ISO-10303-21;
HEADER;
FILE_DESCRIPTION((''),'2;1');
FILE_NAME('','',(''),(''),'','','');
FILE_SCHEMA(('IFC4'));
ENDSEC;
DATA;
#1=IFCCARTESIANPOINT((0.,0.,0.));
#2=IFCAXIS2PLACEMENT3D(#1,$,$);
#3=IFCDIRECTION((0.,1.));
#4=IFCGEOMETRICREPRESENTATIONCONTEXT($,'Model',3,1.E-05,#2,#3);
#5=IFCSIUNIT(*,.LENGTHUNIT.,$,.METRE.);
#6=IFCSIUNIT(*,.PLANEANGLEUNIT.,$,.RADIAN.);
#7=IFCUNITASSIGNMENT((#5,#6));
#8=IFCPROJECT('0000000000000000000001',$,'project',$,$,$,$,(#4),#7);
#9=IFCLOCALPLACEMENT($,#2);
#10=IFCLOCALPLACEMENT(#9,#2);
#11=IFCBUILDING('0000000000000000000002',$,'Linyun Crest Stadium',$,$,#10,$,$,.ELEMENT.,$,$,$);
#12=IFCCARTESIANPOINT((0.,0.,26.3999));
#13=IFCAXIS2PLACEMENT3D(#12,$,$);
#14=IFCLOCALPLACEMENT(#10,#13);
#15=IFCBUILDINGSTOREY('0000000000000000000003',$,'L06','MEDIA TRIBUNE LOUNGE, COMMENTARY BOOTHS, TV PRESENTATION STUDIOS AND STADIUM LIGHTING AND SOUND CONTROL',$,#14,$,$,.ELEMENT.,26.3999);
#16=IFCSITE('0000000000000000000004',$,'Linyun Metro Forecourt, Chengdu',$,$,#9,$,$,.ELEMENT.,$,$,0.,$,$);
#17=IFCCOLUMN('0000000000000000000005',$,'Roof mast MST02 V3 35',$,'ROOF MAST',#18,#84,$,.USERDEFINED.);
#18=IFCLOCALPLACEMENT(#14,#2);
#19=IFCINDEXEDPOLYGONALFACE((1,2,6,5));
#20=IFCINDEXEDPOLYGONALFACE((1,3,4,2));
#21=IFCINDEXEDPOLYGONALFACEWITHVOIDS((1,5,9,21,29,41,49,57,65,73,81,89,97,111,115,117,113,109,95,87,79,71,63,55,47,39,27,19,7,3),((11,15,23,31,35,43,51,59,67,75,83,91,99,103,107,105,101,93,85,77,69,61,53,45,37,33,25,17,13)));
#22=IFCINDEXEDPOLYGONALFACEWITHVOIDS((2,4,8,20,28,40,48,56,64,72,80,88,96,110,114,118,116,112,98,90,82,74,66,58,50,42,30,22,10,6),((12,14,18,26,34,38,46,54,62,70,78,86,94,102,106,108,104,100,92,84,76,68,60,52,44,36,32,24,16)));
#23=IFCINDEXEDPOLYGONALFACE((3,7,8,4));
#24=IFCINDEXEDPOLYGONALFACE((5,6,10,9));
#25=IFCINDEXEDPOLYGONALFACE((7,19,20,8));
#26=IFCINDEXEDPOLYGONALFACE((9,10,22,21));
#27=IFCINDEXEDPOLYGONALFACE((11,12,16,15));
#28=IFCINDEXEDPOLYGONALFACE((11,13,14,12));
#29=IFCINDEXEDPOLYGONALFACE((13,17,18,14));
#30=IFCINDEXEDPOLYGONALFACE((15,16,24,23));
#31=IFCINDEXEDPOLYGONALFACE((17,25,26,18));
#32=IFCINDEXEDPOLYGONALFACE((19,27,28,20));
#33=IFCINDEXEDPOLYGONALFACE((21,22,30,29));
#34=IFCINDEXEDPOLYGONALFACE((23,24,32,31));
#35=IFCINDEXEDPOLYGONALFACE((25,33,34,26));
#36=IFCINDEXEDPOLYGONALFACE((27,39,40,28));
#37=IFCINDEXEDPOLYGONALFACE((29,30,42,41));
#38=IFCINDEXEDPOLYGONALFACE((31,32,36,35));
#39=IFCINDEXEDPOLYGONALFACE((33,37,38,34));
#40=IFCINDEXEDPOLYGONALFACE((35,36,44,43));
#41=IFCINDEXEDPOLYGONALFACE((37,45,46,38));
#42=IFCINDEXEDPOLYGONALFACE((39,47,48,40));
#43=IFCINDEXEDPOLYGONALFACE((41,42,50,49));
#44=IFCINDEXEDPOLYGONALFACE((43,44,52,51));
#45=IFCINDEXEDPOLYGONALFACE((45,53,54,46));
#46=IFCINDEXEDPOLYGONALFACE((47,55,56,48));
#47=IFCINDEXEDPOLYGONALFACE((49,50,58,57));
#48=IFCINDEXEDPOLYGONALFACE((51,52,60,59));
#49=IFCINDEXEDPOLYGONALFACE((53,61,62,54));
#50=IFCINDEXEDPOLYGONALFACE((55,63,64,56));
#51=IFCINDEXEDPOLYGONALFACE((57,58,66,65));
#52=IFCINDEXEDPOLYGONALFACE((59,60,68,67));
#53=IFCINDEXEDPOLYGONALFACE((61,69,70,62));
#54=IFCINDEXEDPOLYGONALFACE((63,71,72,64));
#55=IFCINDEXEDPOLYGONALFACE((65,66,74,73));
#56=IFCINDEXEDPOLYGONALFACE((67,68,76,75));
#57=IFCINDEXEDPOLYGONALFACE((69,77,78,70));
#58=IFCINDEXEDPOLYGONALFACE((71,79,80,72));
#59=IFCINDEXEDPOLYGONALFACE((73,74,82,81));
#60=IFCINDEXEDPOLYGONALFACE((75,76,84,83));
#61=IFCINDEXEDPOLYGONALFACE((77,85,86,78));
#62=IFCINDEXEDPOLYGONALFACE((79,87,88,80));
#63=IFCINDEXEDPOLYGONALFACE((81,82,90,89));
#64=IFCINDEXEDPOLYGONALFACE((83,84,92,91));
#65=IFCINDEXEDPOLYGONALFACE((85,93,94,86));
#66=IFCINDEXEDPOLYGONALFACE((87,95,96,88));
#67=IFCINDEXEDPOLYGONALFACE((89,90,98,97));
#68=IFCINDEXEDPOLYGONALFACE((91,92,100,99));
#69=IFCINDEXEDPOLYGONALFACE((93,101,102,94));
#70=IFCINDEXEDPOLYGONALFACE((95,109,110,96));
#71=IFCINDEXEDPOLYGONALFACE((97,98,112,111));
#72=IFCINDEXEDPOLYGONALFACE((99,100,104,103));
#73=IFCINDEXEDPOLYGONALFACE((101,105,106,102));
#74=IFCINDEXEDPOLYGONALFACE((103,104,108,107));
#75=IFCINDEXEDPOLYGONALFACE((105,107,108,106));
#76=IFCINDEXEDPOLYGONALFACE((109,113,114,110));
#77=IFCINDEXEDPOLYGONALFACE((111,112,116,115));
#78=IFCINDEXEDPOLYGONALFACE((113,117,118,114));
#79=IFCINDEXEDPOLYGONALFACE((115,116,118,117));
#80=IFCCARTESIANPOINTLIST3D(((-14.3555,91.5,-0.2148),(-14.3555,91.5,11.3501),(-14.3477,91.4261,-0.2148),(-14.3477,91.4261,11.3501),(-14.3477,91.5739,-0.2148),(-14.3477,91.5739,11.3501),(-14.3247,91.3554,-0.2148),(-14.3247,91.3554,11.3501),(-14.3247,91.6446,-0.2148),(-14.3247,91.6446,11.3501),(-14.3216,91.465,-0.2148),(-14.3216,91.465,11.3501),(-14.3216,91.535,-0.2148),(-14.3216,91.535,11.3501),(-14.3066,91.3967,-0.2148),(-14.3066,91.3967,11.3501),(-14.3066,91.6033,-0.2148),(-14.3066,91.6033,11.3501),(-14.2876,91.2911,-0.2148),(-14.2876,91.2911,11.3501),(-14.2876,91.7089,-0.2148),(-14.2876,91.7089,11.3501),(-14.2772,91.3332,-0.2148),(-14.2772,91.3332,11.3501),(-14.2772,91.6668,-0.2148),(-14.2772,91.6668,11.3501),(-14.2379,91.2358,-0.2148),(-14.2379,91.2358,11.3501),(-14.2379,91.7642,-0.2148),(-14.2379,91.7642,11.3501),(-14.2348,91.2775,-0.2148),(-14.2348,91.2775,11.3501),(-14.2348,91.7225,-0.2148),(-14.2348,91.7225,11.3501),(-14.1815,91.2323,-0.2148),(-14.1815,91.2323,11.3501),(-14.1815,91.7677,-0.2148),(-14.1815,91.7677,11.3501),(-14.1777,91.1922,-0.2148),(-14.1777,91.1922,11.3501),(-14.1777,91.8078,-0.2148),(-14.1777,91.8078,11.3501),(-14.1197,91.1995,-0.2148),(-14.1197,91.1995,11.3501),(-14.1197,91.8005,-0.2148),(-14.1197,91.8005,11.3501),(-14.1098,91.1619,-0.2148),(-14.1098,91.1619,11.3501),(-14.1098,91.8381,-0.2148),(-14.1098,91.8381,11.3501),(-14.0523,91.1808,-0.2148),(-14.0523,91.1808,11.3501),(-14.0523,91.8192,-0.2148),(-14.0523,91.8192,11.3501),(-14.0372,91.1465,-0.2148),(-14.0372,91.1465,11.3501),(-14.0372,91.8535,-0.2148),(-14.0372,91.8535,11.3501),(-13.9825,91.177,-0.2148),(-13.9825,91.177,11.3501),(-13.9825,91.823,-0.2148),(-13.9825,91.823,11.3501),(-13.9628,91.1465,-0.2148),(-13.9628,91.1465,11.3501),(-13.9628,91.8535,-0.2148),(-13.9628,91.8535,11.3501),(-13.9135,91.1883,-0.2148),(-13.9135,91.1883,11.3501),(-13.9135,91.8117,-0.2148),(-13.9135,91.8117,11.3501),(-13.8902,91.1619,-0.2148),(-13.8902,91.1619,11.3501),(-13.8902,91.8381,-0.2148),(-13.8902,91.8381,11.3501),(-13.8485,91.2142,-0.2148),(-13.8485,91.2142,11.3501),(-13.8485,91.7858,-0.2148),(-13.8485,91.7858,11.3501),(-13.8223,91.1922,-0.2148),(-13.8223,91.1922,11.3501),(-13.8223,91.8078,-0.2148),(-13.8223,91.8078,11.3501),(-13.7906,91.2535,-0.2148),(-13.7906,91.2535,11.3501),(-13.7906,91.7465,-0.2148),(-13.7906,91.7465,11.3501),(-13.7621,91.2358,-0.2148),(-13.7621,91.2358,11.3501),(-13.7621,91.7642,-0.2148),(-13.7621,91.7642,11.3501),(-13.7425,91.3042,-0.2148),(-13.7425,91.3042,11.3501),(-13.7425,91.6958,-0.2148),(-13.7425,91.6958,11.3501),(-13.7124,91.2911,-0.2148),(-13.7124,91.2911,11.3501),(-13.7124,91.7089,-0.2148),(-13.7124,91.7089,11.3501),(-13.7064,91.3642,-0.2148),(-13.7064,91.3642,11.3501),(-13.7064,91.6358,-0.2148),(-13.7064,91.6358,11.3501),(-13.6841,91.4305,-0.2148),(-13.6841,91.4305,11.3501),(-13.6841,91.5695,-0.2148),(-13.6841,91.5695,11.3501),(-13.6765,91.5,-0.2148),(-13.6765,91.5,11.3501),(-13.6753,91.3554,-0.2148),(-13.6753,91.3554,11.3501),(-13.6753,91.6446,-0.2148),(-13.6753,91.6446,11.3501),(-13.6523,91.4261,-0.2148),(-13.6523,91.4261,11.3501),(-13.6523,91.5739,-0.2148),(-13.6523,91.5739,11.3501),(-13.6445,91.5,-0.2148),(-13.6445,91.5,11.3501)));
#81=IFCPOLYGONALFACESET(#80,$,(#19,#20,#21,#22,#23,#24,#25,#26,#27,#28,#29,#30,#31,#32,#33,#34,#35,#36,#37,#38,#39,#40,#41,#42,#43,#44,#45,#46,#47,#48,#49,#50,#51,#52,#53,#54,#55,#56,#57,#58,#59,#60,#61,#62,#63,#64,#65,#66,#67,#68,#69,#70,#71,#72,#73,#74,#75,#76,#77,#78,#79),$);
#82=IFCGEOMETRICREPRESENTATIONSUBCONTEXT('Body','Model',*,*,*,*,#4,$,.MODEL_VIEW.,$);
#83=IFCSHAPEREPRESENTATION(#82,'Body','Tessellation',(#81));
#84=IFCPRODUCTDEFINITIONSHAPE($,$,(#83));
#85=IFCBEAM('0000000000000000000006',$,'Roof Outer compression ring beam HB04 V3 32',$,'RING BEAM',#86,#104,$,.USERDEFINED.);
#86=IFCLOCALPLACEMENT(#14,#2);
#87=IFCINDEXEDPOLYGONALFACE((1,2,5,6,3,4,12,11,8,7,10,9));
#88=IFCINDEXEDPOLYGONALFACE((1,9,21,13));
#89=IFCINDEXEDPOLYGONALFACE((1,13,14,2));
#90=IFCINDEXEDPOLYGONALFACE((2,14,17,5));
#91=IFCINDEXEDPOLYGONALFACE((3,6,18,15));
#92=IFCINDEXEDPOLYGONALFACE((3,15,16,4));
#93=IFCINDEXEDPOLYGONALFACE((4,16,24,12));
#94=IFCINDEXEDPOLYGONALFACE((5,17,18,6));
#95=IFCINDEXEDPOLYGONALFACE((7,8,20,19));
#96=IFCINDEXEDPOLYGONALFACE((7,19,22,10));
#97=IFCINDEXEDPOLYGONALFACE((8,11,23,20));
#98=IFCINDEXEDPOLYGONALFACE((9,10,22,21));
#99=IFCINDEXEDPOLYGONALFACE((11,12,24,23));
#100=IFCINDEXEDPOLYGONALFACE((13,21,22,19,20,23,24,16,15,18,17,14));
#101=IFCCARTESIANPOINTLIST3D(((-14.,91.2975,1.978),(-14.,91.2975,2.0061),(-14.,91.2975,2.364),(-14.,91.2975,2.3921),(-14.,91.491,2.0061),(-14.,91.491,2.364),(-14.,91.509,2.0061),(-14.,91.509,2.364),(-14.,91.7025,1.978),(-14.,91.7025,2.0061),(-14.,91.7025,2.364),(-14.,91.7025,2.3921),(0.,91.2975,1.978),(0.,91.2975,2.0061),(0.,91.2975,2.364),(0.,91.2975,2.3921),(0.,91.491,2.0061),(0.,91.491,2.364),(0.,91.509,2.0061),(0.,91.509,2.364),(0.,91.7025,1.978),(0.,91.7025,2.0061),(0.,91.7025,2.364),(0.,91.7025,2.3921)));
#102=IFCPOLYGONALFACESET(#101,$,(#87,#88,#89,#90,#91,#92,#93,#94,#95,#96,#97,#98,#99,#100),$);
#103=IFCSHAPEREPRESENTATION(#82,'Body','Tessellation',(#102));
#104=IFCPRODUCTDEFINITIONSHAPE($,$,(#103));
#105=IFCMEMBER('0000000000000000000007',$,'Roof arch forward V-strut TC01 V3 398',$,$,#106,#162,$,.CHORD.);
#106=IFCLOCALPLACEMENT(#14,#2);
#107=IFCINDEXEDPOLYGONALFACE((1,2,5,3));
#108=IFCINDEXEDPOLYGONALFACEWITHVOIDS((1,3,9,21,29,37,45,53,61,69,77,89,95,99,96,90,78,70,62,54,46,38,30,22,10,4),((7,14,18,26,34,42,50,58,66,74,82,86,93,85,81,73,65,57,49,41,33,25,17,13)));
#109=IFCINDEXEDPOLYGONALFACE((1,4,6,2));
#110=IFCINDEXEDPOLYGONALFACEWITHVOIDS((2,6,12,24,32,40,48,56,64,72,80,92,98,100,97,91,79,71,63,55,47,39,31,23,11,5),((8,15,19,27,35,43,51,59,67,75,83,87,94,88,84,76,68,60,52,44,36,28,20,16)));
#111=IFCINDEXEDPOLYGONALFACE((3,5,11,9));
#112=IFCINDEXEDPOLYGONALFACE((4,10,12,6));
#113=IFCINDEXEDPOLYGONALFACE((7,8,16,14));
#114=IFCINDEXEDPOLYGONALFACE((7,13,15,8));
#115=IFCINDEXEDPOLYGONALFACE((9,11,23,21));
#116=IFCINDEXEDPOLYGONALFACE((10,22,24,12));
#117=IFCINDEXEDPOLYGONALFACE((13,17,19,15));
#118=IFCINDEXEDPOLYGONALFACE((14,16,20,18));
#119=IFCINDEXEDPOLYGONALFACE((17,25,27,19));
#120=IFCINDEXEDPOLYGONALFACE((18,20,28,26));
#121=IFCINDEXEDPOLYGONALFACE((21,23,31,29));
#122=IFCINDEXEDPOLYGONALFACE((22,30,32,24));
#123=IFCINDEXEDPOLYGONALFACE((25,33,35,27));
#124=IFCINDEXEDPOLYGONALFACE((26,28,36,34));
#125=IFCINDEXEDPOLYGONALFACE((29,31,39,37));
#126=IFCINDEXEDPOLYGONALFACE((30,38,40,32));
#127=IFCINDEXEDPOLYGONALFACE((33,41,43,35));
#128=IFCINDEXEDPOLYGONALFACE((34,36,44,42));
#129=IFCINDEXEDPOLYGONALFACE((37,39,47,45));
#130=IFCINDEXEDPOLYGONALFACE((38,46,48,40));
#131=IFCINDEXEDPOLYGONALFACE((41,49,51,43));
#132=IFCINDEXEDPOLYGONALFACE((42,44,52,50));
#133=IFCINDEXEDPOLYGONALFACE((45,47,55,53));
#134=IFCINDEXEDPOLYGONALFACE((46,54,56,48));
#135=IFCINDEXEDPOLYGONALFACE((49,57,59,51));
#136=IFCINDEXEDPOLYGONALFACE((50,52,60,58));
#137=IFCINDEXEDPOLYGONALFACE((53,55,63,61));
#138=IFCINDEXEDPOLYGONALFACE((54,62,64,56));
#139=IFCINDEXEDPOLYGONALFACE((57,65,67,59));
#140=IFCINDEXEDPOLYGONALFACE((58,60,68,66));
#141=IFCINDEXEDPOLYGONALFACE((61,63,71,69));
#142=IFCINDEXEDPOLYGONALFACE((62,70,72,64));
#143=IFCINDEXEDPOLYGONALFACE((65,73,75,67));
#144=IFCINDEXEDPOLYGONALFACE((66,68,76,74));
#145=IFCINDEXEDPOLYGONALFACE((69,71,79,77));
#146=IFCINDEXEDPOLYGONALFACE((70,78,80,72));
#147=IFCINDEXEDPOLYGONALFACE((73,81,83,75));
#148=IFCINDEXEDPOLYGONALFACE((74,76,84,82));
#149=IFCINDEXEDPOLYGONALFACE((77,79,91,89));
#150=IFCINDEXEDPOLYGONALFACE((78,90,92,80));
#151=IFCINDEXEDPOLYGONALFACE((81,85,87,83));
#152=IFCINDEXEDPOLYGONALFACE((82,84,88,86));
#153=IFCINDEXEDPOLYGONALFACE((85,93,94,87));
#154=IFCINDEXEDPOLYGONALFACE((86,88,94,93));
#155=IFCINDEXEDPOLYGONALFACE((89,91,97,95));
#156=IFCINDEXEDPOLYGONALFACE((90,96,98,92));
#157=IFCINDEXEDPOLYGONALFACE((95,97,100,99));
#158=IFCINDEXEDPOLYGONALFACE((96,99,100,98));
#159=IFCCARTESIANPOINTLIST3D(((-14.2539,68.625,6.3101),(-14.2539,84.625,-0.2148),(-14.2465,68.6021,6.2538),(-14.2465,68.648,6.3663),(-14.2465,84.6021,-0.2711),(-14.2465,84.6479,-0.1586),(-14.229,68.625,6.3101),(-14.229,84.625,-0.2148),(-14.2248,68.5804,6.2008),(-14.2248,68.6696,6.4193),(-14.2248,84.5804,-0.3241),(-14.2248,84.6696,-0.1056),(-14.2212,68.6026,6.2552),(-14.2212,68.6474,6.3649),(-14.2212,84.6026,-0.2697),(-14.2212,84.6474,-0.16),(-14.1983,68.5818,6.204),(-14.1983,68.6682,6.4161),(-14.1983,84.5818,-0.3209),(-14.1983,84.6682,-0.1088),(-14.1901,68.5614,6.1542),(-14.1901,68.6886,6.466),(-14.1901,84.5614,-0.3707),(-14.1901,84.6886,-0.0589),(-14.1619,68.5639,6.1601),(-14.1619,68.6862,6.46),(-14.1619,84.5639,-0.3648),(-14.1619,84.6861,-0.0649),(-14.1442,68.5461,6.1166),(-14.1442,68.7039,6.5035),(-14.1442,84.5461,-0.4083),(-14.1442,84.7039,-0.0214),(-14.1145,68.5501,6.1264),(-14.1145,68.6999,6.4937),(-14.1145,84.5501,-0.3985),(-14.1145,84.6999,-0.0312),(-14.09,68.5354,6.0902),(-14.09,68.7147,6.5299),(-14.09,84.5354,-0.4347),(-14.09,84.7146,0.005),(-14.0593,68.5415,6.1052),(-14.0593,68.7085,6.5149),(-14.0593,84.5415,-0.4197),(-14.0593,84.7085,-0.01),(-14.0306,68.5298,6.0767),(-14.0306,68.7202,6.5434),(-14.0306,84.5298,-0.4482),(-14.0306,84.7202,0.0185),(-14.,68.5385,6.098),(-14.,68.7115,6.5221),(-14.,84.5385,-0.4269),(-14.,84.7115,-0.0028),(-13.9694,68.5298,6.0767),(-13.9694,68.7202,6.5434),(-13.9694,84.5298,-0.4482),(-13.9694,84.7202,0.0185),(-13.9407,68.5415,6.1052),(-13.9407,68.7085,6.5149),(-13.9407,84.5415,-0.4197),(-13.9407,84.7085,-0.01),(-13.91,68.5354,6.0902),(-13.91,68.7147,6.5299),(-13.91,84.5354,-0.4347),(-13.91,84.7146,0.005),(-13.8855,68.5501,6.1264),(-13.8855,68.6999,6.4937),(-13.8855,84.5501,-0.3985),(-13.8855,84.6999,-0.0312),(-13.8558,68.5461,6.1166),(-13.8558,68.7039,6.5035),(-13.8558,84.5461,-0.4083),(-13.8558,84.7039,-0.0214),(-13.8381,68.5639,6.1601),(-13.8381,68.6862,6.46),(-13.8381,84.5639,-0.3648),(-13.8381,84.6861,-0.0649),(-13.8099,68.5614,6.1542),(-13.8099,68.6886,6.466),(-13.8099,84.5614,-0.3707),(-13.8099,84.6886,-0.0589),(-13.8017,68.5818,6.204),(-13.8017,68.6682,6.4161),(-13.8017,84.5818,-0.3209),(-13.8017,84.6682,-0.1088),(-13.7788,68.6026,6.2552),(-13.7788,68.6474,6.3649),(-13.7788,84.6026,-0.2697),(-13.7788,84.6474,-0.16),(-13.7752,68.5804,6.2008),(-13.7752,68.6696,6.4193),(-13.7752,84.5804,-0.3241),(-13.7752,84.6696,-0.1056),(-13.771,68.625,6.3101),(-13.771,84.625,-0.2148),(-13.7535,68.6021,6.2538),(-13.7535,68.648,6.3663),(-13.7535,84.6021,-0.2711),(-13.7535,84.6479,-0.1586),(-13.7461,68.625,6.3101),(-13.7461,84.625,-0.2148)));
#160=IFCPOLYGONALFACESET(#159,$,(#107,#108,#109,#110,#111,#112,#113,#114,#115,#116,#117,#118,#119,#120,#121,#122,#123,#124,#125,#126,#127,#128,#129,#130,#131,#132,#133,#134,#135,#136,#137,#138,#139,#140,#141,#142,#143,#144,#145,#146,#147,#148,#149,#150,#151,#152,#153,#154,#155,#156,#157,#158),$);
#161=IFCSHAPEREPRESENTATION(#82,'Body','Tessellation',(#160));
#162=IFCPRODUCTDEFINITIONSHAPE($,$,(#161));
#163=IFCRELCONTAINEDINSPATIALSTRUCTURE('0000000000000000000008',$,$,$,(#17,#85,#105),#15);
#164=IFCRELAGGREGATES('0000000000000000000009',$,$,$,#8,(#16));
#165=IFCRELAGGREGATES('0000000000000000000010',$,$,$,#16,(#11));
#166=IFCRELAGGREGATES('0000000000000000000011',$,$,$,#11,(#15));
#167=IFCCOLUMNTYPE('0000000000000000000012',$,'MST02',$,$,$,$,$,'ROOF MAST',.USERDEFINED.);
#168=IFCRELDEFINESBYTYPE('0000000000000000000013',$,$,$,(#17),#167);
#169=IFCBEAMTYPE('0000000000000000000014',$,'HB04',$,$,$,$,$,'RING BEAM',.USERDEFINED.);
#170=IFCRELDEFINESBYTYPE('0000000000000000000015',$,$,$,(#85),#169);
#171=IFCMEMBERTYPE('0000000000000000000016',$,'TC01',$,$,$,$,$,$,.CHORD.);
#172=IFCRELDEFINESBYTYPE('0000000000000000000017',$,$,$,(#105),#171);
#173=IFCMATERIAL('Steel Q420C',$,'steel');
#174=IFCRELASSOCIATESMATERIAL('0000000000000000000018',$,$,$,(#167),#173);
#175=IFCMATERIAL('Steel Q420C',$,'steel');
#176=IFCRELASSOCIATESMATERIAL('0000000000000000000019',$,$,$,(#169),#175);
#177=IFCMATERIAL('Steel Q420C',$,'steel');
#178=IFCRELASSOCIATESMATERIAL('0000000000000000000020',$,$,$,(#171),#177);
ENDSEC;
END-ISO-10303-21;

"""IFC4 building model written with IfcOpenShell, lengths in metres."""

from ifc_helpers import new_model, si_unit, direction, frame, origin, origin_2d, place, context, subcontext, project, spatial, hollow_circle, i_section, extrude, material, material_profile, profile_set, type_object, element, save


model = new_model("IFC4")

# Units and contexts
model_context = context("Model", 3, precision=1e-05, world=origin(), true_north=direction((0.0, 1.0)))
body_context = subcontext(model_context, "Body", "Model", "MODEL_VIEW")
ifc_project = project(units=[si_unit("LENGTHUNIT", "METRE"), si_unit("PLANEANGLEUNIT", "RADIAN")], contexts=[model_context])

# Site, building, storey
site_placement = place(None, origin())
site = spatial("IfcSite", under=ifc_project, at=site_placement, Name="Linyun Metro Forecourt, Chengdu", CompositionType="ELEMENT", RefElevation=0.0)
building_placement = place(site_placement, origin())
building = spatial("IfcBuilding", under=site, at=building_placement, Name="Linyun Crest Stadium", CompositionType="ELEMENT")
storey_placement = place(building_placement, frame((0.0, 0.0, 26.3999)))
storey = spatial("IfcBuildingStorey", under=building, at=storey_placement, Name="L06", Description="MEDIA TRIBUNE LOUNGE, COMMENTARY BOOTHS, TV PRESENTATION STUDIOS AND STADIUM LIGHTING AND SOUND CONTROL", CompositionType="ELEMENT", Elevation=26.3999)

# Column
ifc_material_1 = material(Name="Steel Q420C", Category="steel")
ifc_material_profile_1 = material_profile(ifc_material_1, hollow_circle(Radius=0.3555, WallThickness=0.032, at=origin_2d()), Name="CHS 711x32")
ifc_profile_set_1 = profile_set([ifc_material_profile_1], Name="Steel Q420C")
column_type = type_object("IfcColumnType", Name="MST02", ElementType="ROOF MAST", PredefinedType="USERDEFINED", material=ifc_profile_set_1)
column_placement = place(storey_placement, frame((-14.0, 91.5, -0.2148), z_axis=(0.0, 0.0, 1.0), x_axis=(1.0, 0.0, 0.0)))
element("IfcColumn", 1, at=column_placement, inside=storey, type_object=column_type, Name="Roof mast MST02 V3 35", ObjectType="ROOF MAST", PredefinedType="USERDEFINED", context=body_context, shape_type="SweptSolid", body=[
    extrude(hollow_circle(Radius=0.3555, WallThickness=0.032, at=origin_2d()), origin(), (0.0, 0.0, 1.0), 11.5649),
])

# Beam
ifc_material_2 = material(Name="Steel Q420C", Category="steel")
ifc_material_profile_2 = material_profile(ifc_material_2, i_section(OverallWidth=0.405, OverallDepth=0.4141, WebThickness=0.0181, FlangeThickness=0.0281, at=origin_2d()), Name="HW 414x405")
ifc_profile_set_2 = profile_set([ifc_material_profile_2], Name="Steel Q420C")
beam_type = type_object("IfcBeamType", Name="HB04", ElementType="RING BEAM", PredefinedType="USERDEFINED", material=ifc_profile_set_2)
beam_placement = place(storey_placement, frame((-14.0, 91.5, 2.1851), z_axis=(1.0, 0.0, 0.0), x_axis=(0.0, 1.0, 0.0)))
element("IfcBeam", 2, at=beam_placement, inside=storey, type_object=beam_type, Name="Roof Outer compression ring beam HB04 V3 32", ObjectType="RING BEAM", PredefinedType="USERDEFINED", context=body_context, shape_type="SweptSolid", body=[
    extrude(i_section(OverallWidth=0.405, OverallDepth=0.4141, WebThickness=0.0181, FlangeThickness=0.0281, at=origin_2d()), origin(), (0.0, 0.0, 1.0), 14.0),
])

# Member
ifc_material_3 = material(Name="Steel Q420C", Category="steel")
ifc_material_profile_3 = material_profile(ifc_material_3, hollow_circle(Radius=0.2539, WallThickness=0.0249, at=origin_2d()), Name="CHS 508x25")
ifc_profile_set_3 = profile_set([ifc_material_profile_3], Name="Steel Q420C")
member_type_1 = type_object("IfcMemberType", Name="TC01", PredefinedType="CHORD", material=ifc_profile_set_3)
member_1_placement = place(storey_placement, frame((-14.0, 84.625, -0.2148), z_axis=(0.0, -0.925963, 0.377614), x_axis=(1.0, 0.0, 0.0)))
element("IfcMember", 3, at=member_1_placement, inside=storey, type_object=member_type_1, Name="Roof arch forward V-strut TC01 V3 398", PredefinedType="CHORD", context=body_context, shape_type="SweptSolid", body=[
    extrude(hollow_circle(Radius=0.2539, WallThickness=0.0249, at=origin_2d()), origin(), (0.0, 0.0, 1.0), 17.2793),
])

save(model, "model.ifc")
